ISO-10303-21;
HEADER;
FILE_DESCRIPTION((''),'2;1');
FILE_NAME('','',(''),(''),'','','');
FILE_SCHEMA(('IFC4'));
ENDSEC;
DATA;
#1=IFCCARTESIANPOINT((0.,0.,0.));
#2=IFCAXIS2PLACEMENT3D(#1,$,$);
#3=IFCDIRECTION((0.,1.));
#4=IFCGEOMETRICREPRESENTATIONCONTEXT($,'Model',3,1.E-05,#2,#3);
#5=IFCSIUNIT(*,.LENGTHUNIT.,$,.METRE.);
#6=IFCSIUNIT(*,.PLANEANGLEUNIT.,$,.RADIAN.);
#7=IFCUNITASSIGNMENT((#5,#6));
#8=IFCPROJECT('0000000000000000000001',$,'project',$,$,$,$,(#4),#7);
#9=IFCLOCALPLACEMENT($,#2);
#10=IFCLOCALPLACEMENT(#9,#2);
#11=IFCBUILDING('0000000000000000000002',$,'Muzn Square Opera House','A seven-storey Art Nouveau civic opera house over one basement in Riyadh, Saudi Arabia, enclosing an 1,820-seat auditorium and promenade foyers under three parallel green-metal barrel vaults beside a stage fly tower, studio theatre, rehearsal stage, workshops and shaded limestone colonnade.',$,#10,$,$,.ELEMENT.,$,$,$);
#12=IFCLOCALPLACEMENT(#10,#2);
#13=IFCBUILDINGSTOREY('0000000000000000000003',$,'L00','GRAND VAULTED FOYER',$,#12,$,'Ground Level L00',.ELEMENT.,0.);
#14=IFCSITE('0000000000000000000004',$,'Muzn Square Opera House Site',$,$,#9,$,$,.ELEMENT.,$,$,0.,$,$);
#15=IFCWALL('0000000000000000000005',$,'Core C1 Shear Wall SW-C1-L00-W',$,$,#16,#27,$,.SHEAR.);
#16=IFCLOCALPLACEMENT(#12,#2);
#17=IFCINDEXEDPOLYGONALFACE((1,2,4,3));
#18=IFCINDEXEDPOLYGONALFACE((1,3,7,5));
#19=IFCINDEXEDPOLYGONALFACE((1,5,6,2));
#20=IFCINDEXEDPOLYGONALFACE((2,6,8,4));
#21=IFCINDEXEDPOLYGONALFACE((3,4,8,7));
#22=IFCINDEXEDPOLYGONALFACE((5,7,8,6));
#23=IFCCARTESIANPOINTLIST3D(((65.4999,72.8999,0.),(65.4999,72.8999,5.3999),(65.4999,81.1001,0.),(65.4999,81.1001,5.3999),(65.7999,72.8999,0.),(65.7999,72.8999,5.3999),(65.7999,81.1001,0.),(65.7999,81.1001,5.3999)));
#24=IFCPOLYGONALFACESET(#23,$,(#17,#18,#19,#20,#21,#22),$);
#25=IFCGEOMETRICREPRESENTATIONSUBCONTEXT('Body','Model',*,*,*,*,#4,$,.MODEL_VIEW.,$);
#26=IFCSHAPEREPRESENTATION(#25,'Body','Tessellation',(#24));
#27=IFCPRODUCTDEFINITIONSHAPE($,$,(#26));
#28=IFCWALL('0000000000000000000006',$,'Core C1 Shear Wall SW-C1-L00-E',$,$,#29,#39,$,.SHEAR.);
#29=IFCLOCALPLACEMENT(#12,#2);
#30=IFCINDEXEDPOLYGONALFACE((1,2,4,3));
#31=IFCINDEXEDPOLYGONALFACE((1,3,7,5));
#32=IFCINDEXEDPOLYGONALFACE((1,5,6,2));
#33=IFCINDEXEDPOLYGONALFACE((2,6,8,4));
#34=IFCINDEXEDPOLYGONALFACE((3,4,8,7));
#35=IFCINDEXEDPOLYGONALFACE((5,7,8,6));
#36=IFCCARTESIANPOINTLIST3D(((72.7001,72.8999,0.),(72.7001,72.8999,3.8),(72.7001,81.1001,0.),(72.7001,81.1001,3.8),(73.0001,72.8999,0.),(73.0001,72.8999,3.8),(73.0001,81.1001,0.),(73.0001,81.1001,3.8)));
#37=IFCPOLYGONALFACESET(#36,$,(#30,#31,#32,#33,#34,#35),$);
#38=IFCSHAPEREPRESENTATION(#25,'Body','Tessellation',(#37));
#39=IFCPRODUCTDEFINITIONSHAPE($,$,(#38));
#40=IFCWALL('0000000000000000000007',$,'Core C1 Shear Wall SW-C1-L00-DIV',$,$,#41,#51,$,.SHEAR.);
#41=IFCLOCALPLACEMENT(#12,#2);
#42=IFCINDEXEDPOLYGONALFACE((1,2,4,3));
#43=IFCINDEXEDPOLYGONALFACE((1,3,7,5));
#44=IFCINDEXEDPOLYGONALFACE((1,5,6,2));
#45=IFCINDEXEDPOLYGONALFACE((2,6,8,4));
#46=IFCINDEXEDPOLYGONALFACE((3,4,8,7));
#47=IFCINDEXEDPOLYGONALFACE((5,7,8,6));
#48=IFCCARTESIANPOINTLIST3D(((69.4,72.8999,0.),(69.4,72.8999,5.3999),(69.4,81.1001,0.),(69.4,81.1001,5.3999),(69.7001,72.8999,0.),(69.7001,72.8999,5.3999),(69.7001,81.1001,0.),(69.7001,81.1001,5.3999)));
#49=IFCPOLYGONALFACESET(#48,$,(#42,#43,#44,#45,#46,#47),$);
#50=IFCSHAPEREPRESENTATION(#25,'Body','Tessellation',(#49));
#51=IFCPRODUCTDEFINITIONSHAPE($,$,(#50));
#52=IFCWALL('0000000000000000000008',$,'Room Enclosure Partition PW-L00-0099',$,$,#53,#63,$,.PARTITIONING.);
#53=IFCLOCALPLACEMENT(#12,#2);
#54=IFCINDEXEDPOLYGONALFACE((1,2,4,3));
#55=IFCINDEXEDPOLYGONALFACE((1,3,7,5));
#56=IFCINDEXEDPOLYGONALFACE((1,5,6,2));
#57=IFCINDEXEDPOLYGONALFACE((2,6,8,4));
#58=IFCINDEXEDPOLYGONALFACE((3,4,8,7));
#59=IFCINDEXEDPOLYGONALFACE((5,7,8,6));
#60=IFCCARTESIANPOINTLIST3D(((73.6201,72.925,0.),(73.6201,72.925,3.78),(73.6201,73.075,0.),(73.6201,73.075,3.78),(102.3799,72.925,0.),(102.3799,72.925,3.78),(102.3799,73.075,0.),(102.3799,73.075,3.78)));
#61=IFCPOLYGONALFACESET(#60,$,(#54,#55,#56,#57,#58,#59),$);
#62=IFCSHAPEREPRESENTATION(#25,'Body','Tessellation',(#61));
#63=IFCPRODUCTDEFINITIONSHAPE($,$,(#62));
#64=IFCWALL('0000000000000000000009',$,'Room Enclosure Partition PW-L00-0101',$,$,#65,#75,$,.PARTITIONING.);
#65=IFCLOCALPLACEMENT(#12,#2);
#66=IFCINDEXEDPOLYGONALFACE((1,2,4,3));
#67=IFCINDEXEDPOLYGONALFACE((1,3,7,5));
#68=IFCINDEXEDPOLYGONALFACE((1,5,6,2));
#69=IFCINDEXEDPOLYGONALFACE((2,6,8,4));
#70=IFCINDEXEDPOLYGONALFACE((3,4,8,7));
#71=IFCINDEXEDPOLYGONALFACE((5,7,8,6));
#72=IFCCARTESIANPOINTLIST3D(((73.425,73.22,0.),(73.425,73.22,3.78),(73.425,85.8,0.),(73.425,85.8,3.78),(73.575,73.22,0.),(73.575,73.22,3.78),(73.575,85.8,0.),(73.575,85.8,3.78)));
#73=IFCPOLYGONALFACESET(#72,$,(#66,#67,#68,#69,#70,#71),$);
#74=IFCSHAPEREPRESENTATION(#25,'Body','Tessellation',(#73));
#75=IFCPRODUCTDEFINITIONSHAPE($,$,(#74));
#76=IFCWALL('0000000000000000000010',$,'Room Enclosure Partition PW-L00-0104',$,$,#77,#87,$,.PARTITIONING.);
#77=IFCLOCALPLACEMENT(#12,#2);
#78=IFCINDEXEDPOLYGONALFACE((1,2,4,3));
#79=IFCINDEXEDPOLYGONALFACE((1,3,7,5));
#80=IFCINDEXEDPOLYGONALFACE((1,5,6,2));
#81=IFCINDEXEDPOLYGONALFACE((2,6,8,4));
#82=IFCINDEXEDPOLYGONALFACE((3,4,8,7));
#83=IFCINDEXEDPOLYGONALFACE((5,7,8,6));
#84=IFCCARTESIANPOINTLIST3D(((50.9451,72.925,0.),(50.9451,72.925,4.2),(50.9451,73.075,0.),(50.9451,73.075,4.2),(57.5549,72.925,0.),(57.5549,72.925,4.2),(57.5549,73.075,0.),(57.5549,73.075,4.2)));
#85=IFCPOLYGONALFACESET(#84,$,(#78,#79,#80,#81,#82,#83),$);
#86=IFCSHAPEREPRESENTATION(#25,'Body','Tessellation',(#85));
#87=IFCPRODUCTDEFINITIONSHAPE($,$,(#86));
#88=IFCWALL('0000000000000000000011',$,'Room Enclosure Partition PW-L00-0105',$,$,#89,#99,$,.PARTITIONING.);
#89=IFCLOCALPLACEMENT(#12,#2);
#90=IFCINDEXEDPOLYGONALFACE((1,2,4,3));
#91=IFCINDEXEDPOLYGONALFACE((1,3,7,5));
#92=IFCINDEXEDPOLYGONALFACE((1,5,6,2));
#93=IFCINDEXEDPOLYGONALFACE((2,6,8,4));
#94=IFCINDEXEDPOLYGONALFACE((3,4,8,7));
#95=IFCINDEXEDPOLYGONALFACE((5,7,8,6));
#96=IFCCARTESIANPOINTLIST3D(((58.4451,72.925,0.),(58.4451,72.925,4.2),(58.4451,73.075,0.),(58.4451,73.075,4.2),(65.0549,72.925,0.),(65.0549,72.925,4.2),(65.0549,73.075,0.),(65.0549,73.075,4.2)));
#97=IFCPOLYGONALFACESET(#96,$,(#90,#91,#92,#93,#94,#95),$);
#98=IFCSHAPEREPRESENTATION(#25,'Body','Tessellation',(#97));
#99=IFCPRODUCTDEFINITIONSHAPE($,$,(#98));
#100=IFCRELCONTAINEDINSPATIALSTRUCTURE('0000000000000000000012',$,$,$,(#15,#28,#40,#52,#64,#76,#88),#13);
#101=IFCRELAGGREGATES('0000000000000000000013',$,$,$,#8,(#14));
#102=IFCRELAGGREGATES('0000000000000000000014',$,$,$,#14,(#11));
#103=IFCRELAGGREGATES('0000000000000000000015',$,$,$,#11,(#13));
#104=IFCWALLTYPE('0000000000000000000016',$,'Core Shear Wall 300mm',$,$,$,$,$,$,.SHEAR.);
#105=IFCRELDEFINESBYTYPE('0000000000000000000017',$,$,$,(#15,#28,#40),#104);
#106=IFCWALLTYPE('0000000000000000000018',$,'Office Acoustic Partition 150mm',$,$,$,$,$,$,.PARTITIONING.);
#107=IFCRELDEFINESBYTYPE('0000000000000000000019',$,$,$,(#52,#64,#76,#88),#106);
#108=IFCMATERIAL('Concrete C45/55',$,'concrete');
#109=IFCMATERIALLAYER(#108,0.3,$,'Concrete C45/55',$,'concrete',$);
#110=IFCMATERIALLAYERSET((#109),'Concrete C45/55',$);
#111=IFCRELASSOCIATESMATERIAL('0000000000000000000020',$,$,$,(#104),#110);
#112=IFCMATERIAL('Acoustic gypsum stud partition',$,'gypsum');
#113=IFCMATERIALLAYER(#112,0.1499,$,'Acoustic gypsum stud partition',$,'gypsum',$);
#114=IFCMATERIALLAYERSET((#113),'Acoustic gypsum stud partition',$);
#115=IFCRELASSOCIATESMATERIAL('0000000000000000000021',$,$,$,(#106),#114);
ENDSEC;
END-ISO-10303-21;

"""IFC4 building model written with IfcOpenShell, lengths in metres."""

from ifc_helpers import new_model, si_unit, direction, frame, frame_2d, origin, place, context, subcontext, project, spatial, rectangle, extrude, material, layer, layer_set, type_object, element, save


model = new_model("IFC4")

# Units and contexts
model_context = context("Model", 3, precision=1e-05, world=origin(), true_north=direction((0.0, 1.0)))
body_context = subcontext(model_context, "Body", "Model", "MODEL_VIEW")
ifc_project = project(units=[si_unit("LENGTHUNIT", "METRE"), si_unit("PLANEANGLEUNIT", "RADIAN")], contexts=[model_context])

# Site, building, storey
site_placement = place(None, origin())
site = spatial("IfcSite", under=ifc_project, at=site_placement, Name="Muzn Square Opera House Site", CompositionType="ELEMENT", RefElevation=0.0)
building_placement = place(site_placement, origin())
building = spatial("IfcBuilding", under=site, at=building_placement, Name="Muzn Square Opera House", Description="A seven-storey Art Nouveau civic opera house over one basement in Riyadh, Saudi Arabia, enclosing an 1,820-seat auditorium and promenade foyers under three parallel green-metal barrel vaults beside a stage fly tower, studio theatre, rehearsal stage, workshops and shaded limestone colonnade.", CompositionType="ELEMENT")
storey_placement = place(building_placement, origin())
storey = spatial("IfcBuildingStorey", under=building, at=storey_placement, Name="L00", Description="GRAND VAULTED FOYER", LongName="Ground Level L00", CompositionType="ELEMENT", Elevation=0.0)

# Shared definitions
ifc_material_1 = material(Name="Concrete C45/55", Category="concrete")

# Walls
ifc_material_2 = material(Name="Acoustic gypsum stud partition", Category="gypsum")
ifc_layer_1 = layer(ifc_material_1, 0.3, Name="Concrete C45/55", Category="concrete")
ifc_layer_set_1 = layer_set([ifc_layer_1], Name="Concrete C45/55")
wall_type_1 = type_object("IfcWallType", Name="Core Shear Wall 300mm", PredefinedType="SHEAR", material=ifc_layer_set_1)
wall_1_placement = place(storey_placement, frame((65.6499, 72.8999, 0.0), z_axis=(0.0, 0.0, 1.0), x_axis=(0.0, 1.0, 0.0)))
element("IfcWall", 1, at=wall_1_placement, inside=storey, type_object=wall_type_1, Name="Core C1 Shear Wall SW-C1-L00-W", PredefinedType="SHEAR", context=body_context, shape_type="SweptSolid", body=[
    extrude(rectangle(XDim=8.2002, YDim=0.3, at=frame_2d((4.1001, 0.0))), origin(), (0.0, 0.0, 1.0), 5.3999),
])
wall_2_placement = place(storey_placement, frame((72.8501, 72.8999, 0.0), z_axis=(0.0, 0.0, 1.0), x_axis=(0.0, 1.0, 0.0)))
element("IfcWall", 2, at=wall_2_placement, inside=storey, type_object=wall_type_1, Name="Core C1 Shear Wall SW-C1-L00-E", PredefinedType="SHEAR", context=body_context, shape_type="SweptSolid", body=[
    extrude(rectangle(XDim=8.2002, YDim=0.3, at=frame_2d((4.1001, 0.0))), origin(), (0.0, 0.0, 1.0), 3.8),
])
wall_3_placement = place(storey_placement, frame((69.55, 72.8999, 0.0), z_axis=(0.0, 0.0, 1.0), x_axis=(0.0, 1.0, 0.0)))
element("IfcWall", 3, at=wall_3_placement, inside=storey, type_object=wall_type_1, Name="Core C1 Shear Wall SW-C1-L00-DIV", PredefinedType="SHEAR", context=body_context, shape_type="SweptSolid", body=[
    extrude(rectangle(XDim=8.2002, YDim=0.3, at=frame_2d((4.1001, 0.0))), origin(), (0.0, 0.0, 1.0), 5.3999),
])
ifc_layer_2 = layer(ifc_material_2, 0.1499, Name="Acoustic gypsum stud partition", Category="gypsum")
ifc_layer_set_2 = layer_set([ifc_layer_2], Name="Acoustic gypsum stud partition")
wall_type_2 = type_object("IfcWallType", Name="Office Acoustic Partition 150mm", PredefinedType="PARTITIONING", material=ifc_layer_set_2)
wall_4_placement = place(storey_placement, frame((73.6201, 73.0, 0.0), z_axis=(0.0, 0.0, 1.0), x_axis=(1.0, 0.0, 0.0)))
element("IfcWall", 4, at=wall_4_placement, inside=storey, type_object=wall_type_2, Name="Room Enclosure Partition PW-L00-0099", PredefinedType="PARTITIONING", context=body_context, shape_type="SweptSolid", body=[
    extrude(rectangle(XDim=28.7598, YDim=0.1499, at=frame_2d((14.3799, 0.0))), origin(), (0.0, 0.0, 1.0), 3.78),
])
wall_5_placement = place(storey_placement, frame((73.5, 73.22, 0.0), z_axis=(0.0, 0.0, 1.0), x_axis=(0.0, 1.0, 0.0)))
element("IfcWall", 5, at=wall_5_placement, inside=storey, type_object=wall_type_2, Name="Room Enclosure Partition PW-L00-0101", PredefinedType="PARTITIONING", context=body_context, shape_type="SweptSolid", body=[
    extrude(rectangle(XDim=12.5801, YDim=0.1499, at=frame_2d((6.29, 0.0))), origin(), (0.0, 0.0, 1.0), 3.78),
])
for number, where, z_axis, x_axis, name in (
    (6, (50.9451, 73.0, 0.0), (0.0, 0.0, 1.0), (1.0, 0.0, 0.0), "Room Enclosure Partition PW-L00-0104"),
    (7, (58.4451, 73.0, 0.0), (0.0, 0.0, 1.0), (1.0, 0.0, 0.0), "Room Enclosure Partition PW-L00-0105"),
):
    element("IfcWall", number, at=place(storey_placement, frame(where, z_axis=z_axis, x_axis=x_axis)), inside=storey, type_object=wall_type_2, Name=name, PredefinedType="PARTITIONING", context=body_context, shape_type="SweptSolid", body=[
        extrude(rectangle(XDim=6.6099, YDim=0.1499, at=frame_2d((3.3049, 0.0))), origin(), (0.0, 0.0, 1.0), 4.2),
    ])

save(model, "model.ifc")
